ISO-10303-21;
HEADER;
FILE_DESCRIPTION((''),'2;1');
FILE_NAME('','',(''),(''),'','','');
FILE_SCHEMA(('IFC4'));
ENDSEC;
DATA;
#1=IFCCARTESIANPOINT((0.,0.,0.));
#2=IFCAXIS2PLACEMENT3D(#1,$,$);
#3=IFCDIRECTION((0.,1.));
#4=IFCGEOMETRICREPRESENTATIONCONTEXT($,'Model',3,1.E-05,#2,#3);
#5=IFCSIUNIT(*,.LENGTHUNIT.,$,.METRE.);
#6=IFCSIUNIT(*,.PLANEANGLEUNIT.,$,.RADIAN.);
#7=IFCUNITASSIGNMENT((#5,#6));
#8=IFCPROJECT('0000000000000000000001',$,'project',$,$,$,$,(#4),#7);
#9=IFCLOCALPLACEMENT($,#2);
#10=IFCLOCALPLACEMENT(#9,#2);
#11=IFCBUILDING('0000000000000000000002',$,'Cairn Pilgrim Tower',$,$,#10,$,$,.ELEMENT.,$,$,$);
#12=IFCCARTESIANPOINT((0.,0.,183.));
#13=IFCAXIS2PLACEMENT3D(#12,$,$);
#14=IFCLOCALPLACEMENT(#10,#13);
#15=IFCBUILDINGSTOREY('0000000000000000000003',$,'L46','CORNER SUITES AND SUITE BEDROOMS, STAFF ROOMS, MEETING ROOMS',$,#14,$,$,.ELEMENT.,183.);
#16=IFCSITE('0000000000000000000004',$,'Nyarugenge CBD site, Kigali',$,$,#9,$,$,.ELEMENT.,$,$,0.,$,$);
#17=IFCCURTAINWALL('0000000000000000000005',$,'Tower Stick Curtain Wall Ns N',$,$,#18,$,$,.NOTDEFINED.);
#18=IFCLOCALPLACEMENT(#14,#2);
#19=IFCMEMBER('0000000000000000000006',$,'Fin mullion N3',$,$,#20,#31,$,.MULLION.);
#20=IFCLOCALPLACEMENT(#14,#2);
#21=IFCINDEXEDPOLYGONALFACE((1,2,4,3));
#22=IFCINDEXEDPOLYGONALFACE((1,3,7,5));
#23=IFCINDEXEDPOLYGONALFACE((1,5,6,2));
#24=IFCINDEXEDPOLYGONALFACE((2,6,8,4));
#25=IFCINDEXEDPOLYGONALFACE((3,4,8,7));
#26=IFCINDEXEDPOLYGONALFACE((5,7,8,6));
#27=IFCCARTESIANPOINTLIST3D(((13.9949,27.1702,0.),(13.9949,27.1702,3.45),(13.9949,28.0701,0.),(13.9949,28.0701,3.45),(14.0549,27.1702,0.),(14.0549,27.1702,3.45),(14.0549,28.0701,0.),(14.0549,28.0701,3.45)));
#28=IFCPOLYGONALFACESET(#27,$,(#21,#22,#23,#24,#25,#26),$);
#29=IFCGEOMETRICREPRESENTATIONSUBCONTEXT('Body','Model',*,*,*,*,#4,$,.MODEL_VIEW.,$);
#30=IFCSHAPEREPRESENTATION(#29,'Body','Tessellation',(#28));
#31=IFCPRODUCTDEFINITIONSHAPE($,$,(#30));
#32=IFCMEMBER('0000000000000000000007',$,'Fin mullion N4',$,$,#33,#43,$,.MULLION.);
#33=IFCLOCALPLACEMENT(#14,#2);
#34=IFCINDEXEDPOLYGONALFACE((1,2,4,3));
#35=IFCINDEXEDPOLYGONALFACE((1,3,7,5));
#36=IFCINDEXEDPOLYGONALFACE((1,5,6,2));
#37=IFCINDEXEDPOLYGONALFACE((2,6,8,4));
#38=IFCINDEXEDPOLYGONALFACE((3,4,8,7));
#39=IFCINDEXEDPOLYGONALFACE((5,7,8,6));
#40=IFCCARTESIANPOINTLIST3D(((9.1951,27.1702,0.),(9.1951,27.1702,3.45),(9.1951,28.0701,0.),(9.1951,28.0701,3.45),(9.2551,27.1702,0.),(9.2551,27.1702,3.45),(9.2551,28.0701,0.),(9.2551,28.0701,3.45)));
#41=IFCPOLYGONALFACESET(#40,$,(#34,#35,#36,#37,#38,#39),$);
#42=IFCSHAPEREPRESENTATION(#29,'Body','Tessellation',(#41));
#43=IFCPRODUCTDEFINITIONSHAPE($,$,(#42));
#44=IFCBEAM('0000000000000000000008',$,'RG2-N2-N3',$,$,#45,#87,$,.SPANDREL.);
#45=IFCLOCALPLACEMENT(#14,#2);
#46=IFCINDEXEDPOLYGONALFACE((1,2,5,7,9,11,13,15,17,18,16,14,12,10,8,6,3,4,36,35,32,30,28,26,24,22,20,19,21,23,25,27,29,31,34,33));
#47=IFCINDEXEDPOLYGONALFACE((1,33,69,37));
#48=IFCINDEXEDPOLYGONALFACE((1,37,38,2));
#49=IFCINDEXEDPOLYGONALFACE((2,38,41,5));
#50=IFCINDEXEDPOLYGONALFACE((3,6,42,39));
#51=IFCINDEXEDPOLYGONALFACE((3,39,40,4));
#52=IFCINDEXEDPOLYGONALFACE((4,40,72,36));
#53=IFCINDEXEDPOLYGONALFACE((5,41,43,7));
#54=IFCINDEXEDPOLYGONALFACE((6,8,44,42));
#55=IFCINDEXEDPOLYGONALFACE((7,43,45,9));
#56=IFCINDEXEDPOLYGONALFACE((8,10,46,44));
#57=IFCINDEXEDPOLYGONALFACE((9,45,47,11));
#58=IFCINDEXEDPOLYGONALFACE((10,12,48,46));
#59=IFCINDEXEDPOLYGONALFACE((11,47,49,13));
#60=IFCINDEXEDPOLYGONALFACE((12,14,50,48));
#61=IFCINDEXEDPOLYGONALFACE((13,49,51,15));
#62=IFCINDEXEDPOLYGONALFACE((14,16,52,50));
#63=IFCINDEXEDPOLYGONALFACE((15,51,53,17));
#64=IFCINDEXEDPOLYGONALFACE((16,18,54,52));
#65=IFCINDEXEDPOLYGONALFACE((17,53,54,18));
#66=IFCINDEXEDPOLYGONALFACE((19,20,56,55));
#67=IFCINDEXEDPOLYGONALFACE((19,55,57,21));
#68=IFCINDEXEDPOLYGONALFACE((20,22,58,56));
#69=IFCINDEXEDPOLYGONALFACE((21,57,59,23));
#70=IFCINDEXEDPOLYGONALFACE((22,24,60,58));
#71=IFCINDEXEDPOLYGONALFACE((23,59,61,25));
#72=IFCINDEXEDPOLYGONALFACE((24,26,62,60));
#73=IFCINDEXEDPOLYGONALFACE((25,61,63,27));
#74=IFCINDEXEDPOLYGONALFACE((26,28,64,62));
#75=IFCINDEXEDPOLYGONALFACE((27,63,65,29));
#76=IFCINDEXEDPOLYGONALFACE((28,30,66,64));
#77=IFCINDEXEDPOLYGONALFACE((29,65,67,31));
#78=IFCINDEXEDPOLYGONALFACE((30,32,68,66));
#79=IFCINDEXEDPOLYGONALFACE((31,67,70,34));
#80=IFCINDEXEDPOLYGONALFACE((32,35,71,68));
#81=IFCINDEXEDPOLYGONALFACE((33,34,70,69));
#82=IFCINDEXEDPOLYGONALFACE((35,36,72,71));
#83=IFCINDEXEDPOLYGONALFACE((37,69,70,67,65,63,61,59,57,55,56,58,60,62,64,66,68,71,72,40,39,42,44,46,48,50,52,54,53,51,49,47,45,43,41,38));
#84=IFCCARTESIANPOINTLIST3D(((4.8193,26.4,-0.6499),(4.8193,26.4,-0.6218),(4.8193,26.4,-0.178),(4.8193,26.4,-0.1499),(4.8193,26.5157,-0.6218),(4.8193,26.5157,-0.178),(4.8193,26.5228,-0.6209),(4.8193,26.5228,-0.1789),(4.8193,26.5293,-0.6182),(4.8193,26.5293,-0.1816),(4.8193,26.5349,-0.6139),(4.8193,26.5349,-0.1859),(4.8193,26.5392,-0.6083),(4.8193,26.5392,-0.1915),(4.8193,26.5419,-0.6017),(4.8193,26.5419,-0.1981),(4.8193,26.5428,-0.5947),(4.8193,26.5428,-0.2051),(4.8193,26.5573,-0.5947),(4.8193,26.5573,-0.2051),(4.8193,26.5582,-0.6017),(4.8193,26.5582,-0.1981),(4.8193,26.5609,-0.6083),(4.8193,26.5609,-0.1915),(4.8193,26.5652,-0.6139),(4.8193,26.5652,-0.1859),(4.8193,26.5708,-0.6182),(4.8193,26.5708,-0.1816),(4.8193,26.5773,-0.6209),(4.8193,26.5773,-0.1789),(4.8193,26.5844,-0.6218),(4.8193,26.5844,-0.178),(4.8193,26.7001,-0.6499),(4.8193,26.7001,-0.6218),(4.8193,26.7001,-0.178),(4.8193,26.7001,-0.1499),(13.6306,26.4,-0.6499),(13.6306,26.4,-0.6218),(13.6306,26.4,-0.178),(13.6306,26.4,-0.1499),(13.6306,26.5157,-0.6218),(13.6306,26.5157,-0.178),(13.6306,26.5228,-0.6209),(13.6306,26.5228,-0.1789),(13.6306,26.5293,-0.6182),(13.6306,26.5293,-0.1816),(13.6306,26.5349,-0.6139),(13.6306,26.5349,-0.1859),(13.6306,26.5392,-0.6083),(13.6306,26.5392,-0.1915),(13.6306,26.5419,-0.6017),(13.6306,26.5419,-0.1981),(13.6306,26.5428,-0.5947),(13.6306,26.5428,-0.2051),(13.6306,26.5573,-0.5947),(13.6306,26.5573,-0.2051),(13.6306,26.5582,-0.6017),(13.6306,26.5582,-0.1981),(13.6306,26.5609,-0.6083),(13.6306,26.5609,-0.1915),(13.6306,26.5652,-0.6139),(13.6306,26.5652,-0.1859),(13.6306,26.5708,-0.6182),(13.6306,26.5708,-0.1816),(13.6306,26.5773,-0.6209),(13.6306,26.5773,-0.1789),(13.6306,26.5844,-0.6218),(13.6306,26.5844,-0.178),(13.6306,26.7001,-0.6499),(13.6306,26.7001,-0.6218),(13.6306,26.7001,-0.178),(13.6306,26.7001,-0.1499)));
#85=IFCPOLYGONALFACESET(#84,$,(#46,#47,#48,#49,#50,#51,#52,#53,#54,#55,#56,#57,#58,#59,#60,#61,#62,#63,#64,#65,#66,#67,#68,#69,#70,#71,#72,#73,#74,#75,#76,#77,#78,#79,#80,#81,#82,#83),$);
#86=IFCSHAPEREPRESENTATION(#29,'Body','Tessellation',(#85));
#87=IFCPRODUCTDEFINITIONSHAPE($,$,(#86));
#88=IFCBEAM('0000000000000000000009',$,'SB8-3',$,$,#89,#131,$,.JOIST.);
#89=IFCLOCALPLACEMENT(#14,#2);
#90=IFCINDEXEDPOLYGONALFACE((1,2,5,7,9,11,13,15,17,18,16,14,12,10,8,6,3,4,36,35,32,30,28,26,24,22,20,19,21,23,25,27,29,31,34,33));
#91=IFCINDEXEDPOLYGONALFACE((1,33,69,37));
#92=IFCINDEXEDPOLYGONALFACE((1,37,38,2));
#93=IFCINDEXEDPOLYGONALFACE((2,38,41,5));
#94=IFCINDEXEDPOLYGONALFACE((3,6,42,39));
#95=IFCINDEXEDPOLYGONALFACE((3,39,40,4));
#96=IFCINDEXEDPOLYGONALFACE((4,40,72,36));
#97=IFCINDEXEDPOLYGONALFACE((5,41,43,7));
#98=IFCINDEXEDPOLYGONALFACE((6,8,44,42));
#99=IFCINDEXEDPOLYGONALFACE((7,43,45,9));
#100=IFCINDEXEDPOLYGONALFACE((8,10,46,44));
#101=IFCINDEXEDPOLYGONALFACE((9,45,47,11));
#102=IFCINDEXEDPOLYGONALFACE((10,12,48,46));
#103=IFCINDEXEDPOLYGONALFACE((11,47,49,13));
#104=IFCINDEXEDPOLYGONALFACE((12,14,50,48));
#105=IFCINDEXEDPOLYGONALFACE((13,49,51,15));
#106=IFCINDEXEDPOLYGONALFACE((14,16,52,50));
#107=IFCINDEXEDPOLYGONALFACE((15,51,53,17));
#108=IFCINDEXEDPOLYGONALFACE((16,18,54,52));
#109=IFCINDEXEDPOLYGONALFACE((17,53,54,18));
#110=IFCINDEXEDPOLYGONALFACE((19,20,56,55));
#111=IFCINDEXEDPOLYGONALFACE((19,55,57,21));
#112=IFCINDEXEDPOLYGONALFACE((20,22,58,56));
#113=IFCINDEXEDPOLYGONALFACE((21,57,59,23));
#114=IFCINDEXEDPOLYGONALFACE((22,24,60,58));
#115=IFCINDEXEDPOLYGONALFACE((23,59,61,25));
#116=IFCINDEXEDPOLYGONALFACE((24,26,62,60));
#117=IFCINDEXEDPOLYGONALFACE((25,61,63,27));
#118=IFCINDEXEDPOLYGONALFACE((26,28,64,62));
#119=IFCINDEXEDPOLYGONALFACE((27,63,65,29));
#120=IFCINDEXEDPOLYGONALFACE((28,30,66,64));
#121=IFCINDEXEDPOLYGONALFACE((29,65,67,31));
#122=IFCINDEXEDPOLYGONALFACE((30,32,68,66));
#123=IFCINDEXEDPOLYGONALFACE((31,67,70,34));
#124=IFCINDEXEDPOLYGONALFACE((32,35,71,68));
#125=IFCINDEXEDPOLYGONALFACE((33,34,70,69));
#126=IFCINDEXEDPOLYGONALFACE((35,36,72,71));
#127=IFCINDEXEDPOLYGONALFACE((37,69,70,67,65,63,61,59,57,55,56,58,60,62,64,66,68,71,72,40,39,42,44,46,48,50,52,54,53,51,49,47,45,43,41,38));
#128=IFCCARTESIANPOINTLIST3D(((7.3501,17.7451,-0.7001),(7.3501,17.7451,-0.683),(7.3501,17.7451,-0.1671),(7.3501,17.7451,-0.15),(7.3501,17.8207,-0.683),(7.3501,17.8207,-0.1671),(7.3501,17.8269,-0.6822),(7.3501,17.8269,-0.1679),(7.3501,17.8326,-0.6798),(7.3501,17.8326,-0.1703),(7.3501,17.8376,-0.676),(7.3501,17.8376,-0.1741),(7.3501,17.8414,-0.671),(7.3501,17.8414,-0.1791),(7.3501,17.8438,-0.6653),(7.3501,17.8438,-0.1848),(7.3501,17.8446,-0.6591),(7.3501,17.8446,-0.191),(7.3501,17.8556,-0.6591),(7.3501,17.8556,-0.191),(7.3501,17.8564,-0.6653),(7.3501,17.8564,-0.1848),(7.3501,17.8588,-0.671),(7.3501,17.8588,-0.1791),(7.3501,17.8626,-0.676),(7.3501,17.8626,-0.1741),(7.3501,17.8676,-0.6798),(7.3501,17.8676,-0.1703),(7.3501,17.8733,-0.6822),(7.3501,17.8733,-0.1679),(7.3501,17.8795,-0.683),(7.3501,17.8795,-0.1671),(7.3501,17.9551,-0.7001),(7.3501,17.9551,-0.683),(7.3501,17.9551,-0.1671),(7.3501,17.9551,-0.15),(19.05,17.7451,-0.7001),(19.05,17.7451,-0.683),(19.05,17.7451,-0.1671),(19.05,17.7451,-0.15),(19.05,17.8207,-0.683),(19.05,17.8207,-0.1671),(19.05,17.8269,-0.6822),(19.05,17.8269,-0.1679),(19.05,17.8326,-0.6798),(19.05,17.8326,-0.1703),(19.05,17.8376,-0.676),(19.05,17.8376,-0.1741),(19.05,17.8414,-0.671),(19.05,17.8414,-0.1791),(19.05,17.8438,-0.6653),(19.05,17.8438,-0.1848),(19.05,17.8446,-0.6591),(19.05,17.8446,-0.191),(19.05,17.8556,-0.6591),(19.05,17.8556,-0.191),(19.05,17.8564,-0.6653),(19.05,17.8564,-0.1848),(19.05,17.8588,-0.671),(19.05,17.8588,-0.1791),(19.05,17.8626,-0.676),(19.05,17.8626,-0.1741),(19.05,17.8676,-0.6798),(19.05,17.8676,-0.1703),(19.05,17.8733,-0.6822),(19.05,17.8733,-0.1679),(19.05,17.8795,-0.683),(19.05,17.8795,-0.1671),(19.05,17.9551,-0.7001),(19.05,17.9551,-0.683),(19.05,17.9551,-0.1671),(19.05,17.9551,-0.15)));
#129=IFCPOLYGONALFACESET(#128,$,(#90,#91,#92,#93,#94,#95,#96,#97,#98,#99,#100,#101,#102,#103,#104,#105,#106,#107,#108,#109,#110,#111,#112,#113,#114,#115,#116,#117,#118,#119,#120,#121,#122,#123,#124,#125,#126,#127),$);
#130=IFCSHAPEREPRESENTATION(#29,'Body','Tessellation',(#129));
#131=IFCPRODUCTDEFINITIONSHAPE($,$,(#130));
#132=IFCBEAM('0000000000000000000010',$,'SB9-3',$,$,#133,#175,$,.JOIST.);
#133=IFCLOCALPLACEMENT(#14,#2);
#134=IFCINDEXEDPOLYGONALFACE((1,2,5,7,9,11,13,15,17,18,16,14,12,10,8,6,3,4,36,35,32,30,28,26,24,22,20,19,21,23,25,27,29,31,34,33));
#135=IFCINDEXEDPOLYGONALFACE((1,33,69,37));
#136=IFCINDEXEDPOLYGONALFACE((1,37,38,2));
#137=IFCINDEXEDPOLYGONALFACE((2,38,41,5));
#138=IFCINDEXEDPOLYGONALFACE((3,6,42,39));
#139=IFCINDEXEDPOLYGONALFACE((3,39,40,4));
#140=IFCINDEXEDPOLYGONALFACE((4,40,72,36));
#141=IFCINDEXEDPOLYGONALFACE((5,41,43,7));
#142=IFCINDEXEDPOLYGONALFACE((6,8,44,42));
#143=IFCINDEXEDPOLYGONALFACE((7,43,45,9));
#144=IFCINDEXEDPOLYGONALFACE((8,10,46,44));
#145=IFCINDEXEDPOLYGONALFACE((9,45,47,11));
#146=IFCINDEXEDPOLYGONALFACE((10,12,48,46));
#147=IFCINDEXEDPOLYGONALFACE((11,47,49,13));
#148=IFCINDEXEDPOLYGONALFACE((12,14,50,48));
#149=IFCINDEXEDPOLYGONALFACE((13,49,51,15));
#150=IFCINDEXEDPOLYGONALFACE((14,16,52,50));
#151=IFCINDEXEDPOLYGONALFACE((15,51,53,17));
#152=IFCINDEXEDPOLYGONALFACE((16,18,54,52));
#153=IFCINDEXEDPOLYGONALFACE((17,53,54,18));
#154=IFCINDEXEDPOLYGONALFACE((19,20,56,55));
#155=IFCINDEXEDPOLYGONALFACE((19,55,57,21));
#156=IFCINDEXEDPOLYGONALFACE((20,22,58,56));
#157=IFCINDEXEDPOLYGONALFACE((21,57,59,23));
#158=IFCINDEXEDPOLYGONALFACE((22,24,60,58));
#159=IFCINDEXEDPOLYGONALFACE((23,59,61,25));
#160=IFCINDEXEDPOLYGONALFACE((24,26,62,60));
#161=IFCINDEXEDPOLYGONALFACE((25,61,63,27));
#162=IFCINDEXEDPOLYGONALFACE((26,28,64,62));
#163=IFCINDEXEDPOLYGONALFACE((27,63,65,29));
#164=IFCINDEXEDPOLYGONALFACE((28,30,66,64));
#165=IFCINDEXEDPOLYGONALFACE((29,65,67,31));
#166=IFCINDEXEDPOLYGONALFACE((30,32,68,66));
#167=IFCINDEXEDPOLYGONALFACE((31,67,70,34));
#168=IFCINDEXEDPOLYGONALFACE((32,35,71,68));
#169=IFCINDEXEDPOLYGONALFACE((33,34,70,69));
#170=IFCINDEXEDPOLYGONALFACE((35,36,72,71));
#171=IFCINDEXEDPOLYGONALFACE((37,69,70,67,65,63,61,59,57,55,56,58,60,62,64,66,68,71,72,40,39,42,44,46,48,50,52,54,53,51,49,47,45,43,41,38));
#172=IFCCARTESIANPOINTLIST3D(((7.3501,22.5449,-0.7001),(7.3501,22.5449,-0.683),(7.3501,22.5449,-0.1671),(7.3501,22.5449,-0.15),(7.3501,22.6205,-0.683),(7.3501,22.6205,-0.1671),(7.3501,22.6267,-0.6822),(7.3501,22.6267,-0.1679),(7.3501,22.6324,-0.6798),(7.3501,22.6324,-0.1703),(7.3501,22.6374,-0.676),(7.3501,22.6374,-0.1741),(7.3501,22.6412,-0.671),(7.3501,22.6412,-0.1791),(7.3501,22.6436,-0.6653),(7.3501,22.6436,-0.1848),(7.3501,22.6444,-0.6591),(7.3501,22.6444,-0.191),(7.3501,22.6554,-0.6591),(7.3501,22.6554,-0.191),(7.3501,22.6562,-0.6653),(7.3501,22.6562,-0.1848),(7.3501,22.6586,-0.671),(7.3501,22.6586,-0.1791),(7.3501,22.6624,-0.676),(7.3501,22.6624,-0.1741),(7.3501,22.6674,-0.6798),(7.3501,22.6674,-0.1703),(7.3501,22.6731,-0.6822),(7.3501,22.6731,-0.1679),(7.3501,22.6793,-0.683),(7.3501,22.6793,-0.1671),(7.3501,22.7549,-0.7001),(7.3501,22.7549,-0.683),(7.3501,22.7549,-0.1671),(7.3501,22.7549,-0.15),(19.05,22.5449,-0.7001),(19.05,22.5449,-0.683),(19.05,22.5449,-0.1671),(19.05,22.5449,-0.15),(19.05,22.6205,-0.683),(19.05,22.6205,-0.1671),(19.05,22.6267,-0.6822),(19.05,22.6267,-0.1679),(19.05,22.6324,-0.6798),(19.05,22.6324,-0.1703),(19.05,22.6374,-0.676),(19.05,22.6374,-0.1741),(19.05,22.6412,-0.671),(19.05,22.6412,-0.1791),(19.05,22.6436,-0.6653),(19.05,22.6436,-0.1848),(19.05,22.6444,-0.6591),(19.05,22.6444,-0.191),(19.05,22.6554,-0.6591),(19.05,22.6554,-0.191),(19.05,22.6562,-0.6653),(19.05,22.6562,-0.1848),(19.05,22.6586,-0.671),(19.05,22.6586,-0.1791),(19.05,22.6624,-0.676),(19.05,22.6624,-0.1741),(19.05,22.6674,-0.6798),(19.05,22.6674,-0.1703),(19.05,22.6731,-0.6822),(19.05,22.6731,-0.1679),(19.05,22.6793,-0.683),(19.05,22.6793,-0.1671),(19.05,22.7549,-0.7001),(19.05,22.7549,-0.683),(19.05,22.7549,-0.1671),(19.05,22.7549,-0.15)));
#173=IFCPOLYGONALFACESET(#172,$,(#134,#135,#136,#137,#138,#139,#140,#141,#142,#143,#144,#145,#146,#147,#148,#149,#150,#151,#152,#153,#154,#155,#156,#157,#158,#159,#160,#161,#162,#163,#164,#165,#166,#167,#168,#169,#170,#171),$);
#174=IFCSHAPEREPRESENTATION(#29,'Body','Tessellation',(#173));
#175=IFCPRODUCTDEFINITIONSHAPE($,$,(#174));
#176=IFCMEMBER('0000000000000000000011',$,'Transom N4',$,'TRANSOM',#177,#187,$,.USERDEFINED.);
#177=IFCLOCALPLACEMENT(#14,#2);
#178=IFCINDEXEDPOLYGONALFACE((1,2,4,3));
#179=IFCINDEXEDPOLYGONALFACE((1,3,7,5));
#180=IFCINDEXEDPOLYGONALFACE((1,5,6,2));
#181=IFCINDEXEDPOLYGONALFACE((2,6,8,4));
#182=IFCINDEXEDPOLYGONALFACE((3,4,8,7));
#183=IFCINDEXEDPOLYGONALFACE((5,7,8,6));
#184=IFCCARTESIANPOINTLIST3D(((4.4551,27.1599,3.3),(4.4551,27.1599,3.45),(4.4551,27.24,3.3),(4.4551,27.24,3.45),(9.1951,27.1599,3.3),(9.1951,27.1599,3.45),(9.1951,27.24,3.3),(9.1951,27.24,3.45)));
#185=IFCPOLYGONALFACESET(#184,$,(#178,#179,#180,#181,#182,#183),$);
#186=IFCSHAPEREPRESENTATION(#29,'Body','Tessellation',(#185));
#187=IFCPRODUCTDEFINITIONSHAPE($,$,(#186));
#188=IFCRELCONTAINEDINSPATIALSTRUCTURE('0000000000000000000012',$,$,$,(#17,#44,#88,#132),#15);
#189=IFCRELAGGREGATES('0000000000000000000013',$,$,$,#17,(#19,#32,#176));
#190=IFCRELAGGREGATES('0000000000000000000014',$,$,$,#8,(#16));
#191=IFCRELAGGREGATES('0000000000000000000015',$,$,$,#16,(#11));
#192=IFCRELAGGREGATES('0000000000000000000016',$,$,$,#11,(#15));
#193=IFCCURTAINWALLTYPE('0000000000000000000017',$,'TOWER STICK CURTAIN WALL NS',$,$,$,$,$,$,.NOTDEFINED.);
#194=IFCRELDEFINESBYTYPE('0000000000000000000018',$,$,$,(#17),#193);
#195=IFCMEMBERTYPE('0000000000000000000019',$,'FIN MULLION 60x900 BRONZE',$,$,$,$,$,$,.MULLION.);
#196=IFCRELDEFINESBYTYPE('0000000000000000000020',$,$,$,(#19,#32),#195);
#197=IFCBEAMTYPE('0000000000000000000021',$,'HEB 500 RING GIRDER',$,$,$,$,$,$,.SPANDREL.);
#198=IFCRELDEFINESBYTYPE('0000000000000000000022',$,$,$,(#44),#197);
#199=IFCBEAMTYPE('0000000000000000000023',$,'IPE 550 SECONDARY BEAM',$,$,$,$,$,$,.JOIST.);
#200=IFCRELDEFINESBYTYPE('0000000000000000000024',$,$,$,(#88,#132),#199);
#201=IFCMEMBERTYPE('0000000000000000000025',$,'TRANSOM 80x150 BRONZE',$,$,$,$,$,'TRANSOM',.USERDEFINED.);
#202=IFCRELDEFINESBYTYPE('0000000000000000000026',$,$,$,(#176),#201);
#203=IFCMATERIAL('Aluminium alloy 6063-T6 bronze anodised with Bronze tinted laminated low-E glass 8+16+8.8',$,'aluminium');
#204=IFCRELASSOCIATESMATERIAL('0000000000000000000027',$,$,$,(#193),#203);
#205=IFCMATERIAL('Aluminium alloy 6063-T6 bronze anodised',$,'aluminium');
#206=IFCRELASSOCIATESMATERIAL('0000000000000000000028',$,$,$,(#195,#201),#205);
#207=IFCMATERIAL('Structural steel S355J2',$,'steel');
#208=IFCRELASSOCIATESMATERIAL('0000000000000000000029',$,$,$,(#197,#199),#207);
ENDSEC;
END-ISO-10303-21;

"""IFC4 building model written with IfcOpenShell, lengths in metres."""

from ifc_helpers import new_model, si_unit, direction, frame, origin, origin_2d, place, context, subcontext, project, spatial, rectangle, i_section, extrude, material, material_profile, profile_set, type_object, element, aggregate, save


model = new_model("IFC4")

# Units and contexts
model_context = context("Model", 3, precision=1e-05, world=origin(), true_north=direction((0.0, 1.0)))
body_context = subcontext(model_context, "Body", "Model", "MODEL_VIEW")
ifc_project = project(units=[si_unit("LENGTHUNIT", "METRE"), si_unit("PLANEANGLEUNIT", "RADIAN")], contexts=[model_context])

# Site, building, storey
site_placement = place(None, origin())
site = spatial("IfcSite", under=ifc_project, at=site_placement, Name="Nyarugenge CBD site, Kigali", CompositionType="ELEMENT", RefElevation=0.0)
building_placement = place(site_placement, origin())
building = spatial("IfcBuilding", under=site, at=building_placement, Name="Cairn Pilgrim Tower", CompositionType="ELEMENT")
storey_placement = place(building_placement, frame((0.0, 0.0, 183.0)))
storey = spatial("IfcBuildingStorey", under=building, at=storey_placement, Name="L46", Description="CORNER SUITES AND SUITE BEDROOMS, STAFF ROOMS, MEETING ROOMS", CompositionType="ELEMENT", Elevation=183.0)

# Curtain wall, members
ifc_material_1 = material(Name="Aluminium alloy 6063-T6 bronze anodised with Bronze tinted laminated low-E glass 8+16+8.8", Category="aluminium")
curtain_wall_type = type_object("IfcCurtainWallType", Name="TOWER STICK CURTAIN WALL NS", PredefinedType="NOTDEFINED", material=ifc_material_1)
curtain_wall_placement = place(storey_placement, origin())
curtain_wall = element("IfcCurtainWall", 1, at=curtain_wall_placement, inside=storey, type_object=curtain_wall_type, Name="Tower Stick Curtain Wall Ns N", PredefinedType="NOTDEFINED")
ifc_material_2 = material(Name="Aluminium alloy 6063-T6 bronze anodised", Category="aluminium")
ifc_material_profile_1 = material_profile(ifc_material_2, rectangle(XDim=0.8999, YDim=0.0601, at=origin_2d()), Name="FIN MULLION 60x900 BRONZE")
ifc_profile_set_1 = profile_set([ifc_material_profile_1], Name="Aluminium alloy 6063-T6 bronze anodised")
member_type_1 = type_object("IfcMemberType", Name="FIN MULLION 60x900 BRONZE", PredefinedType="MULLION", material=ifc_profile_set_1)
member_1_placement = place(storey_placement, frame((14.0249, 27.6201, 0.0), z_axis=(0.0, 0.0, 1.0), x_axis=(0.0, 1.0, 0.0)))
member_1 = element("IfcMember", 2, at=member_1_placement, type_object=member_type_1, Name="Fin mullion N3", PredefinedType="MULLION", context=body_context, shape_type="SweptSolid", body=[
    extrude(rectangle(XDim=0.8999, YDim=0.0601, at=origin_2d()), origin(), (0.0, 0.0, 1.0), 3.45),
])
member_2_placement = place(storey_placement, frame((9.2251, 27.6201, 0.0), z_axis=(0.0, 0.0, 1.0), x_axis=(0.0, 1.0, 0.0)))
member_2 = element("IfcMember", 3, at=member_2_placement, type_object=member_type_1, Name="Fin mullion N4", PredefinedType="MULLION", context=body_context, shape_type="SweptSolid", body=[
    extrude(rectangle(XDim=0.8999, YDim=0.0601, at=origin_2d()), origin(), (0.0, 0.0, 1.0), 3.45),
])

# Beams
ifc_material_3 = material(Name="Structural steel S355J2", Category="steel")
ifc_material_profile_2 = material_profile(ifc_material_3, i_section(OverallWidth=0.3, OverallDepth=0.5, WebThickness=0.0144, FlangeThickness=0.0281, FilletRadius=0.0271, at=origin_2d()), Name="HEB 500")
ifc_profile_set_2 = profile_set([ifc_material_profile_2], Name="Structural steel S355J2")
beam_type_1 = type_object("IfcBeamType", Name="HEB 500 RING GIRDER", PredefinedType="SPANDREL", material=ifc_profile_set_2)
beam_placement = place(storey_placement, frame((13.6306, 26.55, -0.3999), z_axis=(-1.0, 0.0, 0.0), x_axis=(0.0, -1.0, 0.0)))
element("IfcBeam", 4, at=beam_placement, inside=storey, type_object=beam_type_1, Name="RG2-N2-N3", PredefinedType="SPANDREL", context=body_context, shape_type="SweptSolid", body=[
    extrude(i_section(OverallWidth=0.3, OverallDepth=0.5, WebThickness=0.0144, FlangeThickness=0.0281, FilletRadius=0.0271, at=origin_2d()), origin(), (0.0, 0.0, 1.0), 8.8113),
])
ifc_material_profile_3 = material_profile(ifc_material_3, i_section(OverallWidth=0.21, OverallDepth=0.55, WebThickness=0.011, FlangeThickness=0.0171, FilletRadius=0.0239, at=origin_2d()), Name="IPE 550")
ifc_profile_set_3 = profile_set([ifc_material_profile_3], Name="Structural steel S355J2")
beam_type_2 = type_object("IfcBeamType", Name="IPE 550 SECONDARY BEAM", PredefinedType="JOIST", material=ifc_profile_set_3)
for number, where, z_axis, x_axis, name in (
    (5, (7.3501, 17.8501, -0.425), (1.0, 0.0, 0.0), (0.0, 1.0, 0.0), "SB8-3"),
    (6, (7.3501, 22.6499, -0.425), (1.0, 0.0, 0.0), (0.0, 1.0, 0.0), "SB9-3"),
):
    element("IfcBeam", number, at=place(storey_placement, frame(where, z_axis=z_axis, x_axis=x_axis)), inside=storey, type_object=beam_type_2, Name=name, PredefinedType="JOIST", context=body_context, shape_type="SweptSolid", body=[
        extrude(i_section(OverallWidth=0.21, OverallDepth=0.55, WebThickness=0.011, FlangeThickness=0.0171, FilletRadius=0.0239, at=origin_2d()), origin(), (0.0, 0.0, 1.0), 11.7),
    ])

# Member
ifc_material_profile_4 = material_profile(ifc_material_2, rectangle(XDim=0.0801, YDim=0.1499, at=origin_2d()), Name="TRANSOM 80x150 BRONZE")
ifc_profile_set_4 = profile_set([ifc_material_profile_4], Name="Aluminium alloy 6063-T6 bronze anodised")
member_type_2 = type_object("IfcMemberType", Name="TRANSOM 80x150 BRONZE", ElementType="TRANSOM", PredefinedType="USERDEFINED", material=ifc_profile_set_4)
member_3_placement = place(storey_placement, frame((9.1951, 27.2, 3.375), z_axis=(-1.0, 0.0, 0.0), x_axis=(0.0, -1.0, 0.0)))
member_3 = element("IfcMember", 7, at=member_3_placement, type_object=member_type_2, Name="Transom N4", ObjectType="TRANSOM", PredefinedType="USERDEFINED", context=body_context, shape_type="SweptSolid", body=[
    extrude(rectangle(XDim=0.0801, YDim=0.1499, at=origin_2d()), origin(), (0.0, 0.0, 1.0), 4.74),
])
aggregate(curtain_wall, [member_1, member_2, member_3])

save(model, "model.ifc")
